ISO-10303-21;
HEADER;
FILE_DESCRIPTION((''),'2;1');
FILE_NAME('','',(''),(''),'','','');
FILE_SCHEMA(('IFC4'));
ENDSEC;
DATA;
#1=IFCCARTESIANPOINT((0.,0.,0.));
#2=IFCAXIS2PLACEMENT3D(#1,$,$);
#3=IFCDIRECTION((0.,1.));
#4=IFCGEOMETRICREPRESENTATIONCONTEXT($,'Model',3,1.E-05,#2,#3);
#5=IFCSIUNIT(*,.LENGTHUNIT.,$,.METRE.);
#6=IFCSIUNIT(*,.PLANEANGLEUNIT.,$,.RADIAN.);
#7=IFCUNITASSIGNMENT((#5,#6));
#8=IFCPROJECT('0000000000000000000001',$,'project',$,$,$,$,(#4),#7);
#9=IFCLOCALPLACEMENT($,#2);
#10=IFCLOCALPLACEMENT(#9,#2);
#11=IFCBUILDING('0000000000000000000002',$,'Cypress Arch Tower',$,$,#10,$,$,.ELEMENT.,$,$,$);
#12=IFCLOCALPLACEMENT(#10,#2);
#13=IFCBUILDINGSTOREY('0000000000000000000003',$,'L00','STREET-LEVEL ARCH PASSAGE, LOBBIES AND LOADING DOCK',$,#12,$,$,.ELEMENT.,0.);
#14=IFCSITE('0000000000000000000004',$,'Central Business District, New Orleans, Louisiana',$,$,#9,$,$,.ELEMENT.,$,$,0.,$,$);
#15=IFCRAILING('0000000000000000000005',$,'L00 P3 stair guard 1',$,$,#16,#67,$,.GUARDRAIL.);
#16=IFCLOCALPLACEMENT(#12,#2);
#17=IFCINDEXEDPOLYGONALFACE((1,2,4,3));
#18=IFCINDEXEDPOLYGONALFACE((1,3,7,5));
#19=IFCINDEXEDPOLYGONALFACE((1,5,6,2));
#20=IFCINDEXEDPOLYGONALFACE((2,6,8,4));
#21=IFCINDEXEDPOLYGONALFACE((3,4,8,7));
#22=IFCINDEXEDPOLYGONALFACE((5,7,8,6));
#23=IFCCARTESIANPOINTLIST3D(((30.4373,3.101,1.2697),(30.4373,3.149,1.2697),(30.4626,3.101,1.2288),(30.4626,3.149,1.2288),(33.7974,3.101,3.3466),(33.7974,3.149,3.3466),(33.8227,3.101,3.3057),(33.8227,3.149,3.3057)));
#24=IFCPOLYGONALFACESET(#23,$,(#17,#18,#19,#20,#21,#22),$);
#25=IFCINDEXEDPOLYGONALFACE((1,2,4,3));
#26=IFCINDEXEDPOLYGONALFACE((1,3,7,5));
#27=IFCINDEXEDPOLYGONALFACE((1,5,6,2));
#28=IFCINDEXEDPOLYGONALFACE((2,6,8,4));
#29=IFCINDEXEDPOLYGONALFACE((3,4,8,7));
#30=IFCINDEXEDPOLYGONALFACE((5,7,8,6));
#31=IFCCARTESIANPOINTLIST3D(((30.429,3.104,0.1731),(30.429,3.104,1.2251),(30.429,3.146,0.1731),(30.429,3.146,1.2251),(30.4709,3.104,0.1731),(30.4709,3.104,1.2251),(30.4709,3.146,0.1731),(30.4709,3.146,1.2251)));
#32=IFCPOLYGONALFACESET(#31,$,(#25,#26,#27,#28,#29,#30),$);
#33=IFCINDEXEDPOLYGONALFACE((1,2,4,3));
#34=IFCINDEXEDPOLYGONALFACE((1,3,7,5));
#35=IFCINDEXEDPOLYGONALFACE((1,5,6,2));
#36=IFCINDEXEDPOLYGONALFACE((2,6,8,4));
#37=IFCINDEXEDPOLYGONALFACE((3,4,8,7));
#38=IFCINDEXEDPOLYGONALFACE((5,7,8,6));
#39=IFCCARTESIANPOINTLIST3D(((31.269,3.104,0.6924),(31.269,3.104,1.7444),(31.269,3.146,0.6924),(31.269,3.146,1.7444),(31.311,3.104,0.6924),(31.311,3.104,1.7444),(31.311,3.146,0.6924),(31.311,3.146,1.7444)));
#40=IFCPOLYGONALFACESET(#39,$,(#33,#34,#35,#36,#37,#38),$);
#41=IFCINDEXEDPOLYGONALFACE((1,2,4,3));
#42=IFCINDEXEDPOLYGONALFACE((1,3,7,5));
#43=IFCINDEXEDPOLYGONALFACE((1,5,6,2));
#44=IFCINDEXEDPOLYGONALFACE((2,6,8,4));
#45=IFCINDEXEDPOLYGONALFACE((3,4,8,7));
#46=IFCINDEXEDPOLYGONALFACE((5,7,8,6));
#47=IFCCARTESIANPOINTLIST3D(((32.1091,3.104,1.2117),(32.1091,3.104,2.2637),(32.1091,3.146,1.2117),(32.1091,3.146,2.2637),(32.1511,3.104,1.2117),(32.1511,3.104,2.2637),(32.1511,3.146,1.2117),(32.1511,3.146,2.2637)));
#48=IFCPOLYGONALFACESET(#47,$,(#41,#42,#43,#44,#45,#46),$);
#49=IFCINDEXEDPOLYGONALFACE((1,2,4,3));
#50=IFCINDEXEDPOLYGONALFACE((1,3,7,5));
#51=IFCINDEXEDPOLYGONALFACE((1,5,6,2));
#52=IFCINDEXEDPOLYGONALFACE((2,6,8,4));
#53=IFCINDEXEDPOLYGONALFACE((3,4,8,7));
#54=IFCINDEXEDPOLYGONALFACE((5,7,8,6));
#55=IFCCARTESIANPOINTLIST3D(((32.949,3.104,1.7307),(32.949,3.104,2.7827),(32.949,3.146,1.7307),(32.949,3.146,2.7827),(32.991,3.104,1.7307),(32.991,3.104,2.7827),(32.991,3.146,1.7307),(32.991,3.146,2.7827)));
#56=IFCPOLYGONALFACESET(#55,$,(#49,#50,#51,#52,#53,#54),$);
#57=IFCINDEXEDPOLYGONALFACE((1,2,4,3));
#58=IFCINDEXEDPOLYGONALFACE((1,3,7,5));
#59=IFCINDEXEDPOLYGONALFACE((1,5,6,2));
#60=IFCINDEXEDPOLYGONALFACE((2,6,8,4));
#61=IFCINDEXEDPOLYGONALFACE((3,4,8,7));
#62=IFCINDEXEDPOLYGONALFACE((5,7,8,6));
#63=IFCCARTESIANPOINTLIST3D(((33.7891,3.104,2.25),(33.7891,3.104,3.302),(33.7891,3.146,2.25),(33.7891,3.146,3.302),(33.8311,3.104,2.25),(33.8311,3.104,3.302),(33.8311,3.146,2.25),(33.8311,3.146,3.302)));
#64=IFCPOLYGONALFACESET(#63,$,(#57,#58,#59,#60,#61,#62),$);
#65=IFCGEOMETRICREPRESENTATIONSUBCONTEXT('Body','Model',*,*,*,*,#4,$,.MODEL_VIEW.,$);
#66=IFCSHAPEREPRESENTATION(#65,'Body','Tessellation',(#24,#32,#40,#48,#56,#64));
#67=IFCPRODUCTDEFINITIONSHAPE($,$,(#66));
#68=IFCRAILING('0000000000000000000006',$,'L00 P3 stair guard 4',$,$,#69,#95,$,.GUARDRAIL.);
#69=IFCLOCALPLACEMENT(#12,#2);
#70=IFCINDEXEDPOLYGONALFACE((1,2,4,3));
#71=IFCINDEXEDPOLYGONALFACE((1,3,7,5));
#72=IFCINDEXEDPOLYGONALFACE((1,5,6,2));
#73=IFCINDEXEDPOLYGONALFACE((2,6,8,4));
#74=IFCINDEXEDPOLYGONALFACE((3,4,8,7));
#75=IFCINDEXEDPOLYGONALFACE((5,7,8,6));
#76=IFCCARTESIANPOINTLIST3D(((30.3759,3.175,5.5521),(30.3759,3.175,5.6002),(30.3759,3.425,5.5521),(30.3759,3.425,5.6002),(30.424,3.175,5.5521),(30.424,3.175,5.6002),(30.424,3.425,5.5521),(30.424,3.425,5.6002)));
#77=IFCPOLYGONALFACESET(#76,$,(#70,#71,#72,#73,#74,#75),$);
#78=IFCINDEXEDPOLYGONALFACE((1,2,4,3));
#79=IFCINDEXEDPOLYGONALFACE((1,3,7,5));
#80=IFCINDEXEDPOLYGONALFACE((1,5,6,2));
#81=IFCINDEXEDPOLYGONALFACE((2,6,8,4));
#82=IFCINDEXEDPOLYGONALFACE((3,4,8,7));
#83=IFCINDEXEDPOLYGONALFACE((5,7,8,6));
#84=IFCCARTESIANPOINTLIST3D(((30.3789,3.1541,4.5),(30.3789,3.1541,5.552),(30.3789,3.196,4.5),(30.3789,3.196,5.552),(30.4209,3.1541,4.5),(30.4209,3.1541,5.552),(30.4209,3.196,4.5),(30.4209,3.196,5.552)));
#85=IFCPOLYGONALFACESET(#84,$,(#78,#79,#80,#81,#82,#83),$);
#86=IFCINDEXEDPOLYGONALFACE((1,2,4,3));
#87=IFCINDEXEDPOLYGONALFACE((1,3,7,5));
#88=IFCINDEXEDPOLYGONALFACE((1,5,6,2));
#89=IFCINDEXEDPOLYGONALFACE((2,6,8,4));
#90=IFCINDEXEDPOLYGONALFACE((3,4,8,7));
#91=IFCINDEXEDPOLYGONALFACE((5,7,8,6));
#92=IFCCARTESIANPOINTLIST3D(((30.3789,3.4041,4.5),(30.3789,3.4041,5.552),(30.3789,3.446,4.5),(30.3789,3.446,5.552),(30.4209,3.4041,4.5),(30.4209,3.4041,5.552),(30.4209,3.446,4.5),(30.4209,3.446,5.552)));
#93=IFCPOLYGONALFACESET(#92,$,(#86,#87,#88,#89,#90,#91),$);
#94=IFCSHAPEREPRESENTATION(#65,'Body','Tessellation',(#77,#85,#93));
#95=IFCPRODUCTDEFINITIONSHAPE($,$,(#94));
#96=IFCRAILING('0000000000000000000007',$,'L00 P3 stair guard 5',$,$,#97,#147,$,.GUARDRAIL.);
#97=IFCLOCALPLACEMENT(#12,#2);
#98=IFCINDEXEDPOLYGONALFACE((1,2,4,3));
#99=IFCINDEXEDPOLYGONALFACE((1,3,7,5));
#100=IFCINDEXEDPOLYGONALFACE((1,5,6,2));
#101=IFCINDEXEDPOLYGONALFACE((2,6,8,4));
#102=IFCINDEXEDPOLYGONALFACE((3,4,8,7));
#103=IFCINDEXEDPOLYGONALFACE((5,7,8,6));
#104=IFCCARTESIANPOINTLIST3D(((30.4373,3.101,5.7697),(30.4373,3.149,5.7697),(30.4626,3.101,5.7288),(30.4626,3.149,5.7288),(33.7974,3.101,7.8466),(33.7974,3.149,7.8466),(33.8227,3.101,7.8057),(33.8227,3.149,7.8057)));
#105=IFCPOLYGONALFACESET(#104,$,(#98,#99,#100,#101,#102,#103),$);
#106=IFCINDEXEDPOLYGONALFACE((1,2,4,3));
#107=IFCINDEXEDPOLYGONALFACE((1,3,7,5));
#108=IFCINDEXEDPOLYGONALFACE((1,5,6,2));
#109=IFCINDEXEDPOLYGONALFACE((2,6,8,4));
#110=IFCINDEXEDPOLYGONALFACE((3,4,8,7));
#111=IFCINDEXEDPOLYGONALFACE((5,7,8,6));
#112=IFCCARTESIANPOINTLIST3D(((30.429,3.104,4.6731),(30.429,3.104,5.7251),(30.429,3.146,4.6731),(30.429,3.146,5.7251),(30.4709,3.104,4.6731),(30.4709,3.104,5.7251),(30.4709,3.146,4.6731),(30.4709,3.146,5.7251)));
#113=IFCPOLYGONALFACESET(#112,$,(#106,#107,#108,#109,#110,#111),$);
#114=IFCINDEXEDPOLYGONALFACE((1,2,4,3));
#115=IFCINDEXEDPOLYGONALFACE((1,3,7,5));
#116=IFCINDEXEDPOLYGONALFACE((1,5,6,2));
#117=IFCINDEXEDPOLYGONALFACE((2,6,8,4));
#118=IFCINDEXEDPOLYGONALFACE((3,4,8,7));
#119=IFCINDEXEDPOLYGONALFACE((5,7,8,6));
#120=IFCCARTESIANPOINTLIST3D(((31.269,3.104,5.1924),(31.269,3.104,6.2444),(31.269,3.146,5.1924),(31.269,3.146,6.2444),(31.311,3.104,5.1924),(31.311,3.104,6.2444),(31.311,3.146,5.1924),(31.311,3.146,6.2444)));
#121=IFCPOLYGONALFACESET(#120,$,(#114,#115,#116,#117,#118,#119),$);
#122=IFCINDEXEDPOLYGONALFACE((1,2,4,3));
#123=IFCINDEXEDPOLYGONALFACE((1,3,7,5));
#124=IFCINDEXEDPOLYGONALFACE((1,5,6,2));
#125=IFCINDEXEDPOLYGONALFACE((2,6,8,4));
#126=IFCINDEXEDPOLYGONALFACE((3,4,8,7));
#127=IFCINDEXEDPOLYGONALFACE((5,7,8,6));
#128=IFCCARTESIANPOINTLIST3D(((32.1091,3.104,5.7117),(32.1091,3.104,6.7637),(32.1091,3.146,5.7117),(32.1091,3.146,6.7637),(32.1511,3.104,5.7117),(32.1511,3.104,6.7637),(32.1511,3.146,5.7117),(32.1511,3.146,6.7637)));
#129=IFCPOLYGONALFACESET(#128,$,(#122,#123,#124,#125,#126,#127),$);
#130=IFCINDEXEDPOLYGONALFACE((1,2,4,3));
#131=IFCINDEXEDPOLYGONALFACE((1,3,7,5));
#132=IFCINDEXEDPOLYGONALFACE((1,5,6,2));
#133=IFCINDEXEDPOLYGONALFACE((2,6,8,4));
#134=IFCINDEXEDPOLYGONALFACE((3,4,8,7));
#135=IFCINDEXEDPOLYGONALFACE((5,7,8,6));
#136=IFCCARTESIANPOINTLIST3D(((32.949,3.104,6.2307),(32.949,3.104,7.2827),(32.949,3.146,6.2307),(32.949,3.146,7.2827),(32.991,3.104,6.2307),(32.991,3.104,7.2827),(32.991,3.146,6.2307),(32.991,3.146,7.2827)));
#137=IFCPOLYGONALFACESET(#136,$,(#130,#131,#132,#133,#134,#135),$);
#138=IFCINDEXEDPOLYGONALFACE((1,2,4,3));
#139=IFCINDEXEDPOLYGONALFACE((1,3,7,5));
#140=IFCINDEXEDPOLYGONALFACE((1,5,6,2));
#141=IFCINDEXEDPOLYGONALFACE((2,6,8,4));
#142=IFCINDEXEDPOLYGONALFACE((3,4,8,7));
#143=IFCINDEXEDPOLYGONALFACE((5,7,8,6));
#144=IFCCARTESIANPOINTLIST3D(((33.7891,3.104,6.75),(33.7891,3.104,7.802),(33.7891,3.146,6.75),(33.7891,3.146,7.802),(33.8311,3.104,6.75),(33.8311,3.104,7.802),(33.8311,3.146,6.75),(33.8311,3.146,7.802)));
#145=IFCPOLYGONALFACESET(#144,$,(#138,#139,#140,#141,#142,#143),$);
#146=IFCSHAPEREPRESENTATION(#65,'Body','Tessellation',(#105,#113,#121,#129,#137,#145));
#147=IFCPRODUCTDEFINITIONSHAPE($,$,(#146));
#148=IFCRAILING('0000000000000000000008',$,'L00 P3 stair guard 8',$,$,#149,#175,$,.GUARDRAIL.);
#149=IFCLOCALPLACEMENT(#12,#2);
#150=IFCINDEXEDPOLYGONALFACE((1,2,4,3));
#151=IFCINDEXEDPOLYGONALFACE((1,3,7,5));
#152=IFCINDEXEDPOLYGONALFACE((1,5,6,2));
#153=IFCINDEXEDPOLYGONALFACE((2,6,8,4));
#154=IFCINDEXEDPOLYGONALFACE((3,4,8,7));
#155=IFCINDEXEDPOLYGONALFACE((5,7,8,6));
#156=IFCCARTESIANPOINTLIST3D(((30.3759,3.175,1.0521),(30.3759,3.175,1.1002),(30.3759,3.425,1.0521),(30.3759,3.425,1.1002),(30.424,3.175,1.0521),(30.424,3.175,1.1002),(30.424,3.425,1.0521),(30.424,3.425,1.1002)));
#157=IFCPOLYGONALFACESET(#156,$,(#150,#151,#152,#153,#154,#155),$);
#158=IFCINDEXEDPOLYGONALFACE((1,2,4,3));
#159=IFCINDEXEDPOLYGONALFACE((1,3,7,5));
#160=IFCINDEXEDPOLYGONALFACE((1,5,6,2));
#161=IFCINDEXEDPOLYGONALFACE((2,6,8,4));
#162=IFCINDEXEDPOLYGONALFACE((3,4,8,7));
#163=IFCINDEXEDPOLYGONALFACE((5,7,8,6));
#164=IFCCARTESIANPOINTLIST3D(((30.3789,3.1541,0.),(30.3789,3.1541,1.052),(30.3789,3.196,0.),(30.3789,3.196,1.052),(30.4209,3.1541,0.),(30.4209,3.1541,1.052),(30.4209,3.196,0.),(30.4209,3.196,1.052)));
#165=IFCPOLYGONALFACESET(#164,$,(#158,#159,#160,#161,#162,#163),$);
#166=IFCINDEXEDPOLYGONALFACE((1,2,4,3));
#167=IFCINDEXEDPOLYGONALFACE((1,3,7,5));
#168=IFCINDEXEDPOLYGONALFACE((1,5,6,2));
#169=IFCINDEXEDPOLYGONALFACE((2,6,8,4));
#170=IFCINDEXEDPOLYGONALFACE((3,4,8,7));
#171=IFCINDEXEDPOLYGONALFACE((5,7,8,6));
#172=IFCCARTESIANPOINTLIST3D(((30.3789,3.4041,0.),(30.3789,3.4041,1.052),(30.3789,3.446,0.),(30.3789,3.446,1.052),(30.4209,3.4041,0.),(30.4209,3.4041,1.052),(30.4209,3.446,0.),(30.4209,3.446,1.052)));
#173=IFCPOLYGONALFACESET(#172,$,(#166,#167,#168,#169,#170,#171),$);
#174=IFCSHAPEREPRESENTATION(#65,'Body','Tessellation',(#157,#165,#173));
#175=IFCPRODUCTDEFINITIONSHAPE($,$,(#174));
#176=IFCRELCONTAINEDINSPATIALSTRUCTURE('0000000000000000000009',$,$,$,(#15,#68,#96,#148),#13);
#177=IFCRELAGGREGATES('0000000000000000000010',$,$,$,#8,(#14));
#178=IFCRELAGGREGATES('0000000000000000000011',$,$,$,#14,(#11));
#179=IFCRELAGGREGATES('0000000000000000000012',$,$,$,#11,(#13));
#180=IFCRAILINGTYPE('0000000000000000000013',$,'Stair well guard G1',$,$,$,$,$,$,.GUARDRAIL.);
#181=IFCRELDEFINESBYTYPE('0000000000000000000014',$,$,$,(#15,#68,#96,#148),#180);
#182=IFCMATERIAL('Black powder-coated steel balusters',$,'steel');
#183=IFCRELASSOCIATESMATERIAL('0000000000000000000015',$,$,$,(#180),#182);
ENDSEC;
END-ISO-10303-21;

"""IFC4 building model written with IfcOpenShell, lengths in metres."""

from ifc_helpers import new_model, si_unit, direction, frame, origin, origin_2d, place, context, subcontext, project, spatial, rectangle, extrude, material, type_object, element, save


model = new_model("IFC4")

# Units and contexts
model_context = context("Model", 3, precision=1e-05, world=origin(), true_north=direction((0.0, 1.0)))
body_context = subcontext(model_context, "Body", "Model", "MODEL_VIEW")
ifc_project = project(units=[si_unit("LENGTHUNIT", "METRE"), si_unit("PLANEANGLEUNIT", "RADIAN")], contexts=[model_context])

# Site, building, storey
site_placement = place(None, origin())
site = spatial("IfcSite", under=ifc_project, at=site_placement, Name="Central Business District, New Orleans, Louisiana", CompositionType="ELEMENT", RefElevation=0.0)
building_placement = place(site_placement, origin())
building = spatial("IfcBuilding", under=site, at=building_placement, Name="Cypress Arch Tower", CompositionType="ELEMENT")
storey_placement = place(building_placement, origin())
storey = spatial("IfcBuildingStorey", under=building, at=storey_placement, Name="L00", Description="STREET-LEVEL ARCH PASSAGE, LOBBIES AND LOADING DOCK", CompositionType="ELEMENT", Elevation=0.0)

# Railings
ifc_material_1 = material(Name="Black powder-coated steel balusters", Category="steel")
railing_type = type_object("IfcRailingType", Name="Stair well guard G1", PredefinedType="GUARDRAIL", material=ifc_material_1)
railing_1_placement = place(storey_placement, frame((30.45, 3.125, 0.1731)))
element("IfcRailing", 1, at=railing_1_placement, inside=storey, type_object=railing_type, Name="L00 P3 stair guard 1", PredefinedType="GUARDRAIL", context=body_context, shape_type="SweptSolid", body=[
    extrude(rectangle(XDim=0.0481, YDim=0.0481, at=origin_2d()), frame((0.0, 0.0, 1.0762), z_axis=(0.850623, 0.0, 0.525776), x_axis=(0.0, 1.0, 0.0)), (0.0, 0.0, 1.0), 3.9502),
    extrude(rectangle(XDim=0.042, YDim=0.042, at=origin_2d()), origin(), (0.0, 0.0, 1.0), 1.052),
    extrude(rectangle(XDim=0.042, YDim=0.042, at=origin_2d()), frame((0.8401, 0.0, 0.5193)), (0.0, 0.0, 1.0), 1.052),
    extrude(rectangle(XDim=0.042, YDim=0.042, at=origin_2d()), frame((1.6802, 0.0, 1.0386)), (0.0, 0.0, 1.0), 1.052),
    extrude(rectangle(XDim=0.042, YDim=0.042, at=origin_2d()), frame((2.52, 0.0, 1.5576)), (0.0, 0.0, 1.0), 1.052),
    extrude(rectangle(XDim=0.042, YDim=0.042, at=origin_2d()), frame((3.3601, 0.0, 2.0769)), (0.0, 0.0, 1.0), 1.052),
])
railing_2_placement = place(storey_placement, frame((30.3999, 3.175, 4.5)))
element("IfcRailing", 2, at=railing_2_placement, inside=storey, type_object=railing_type, Name="L00 P3 stair guard 4", PredefinedType="GUARDRAIL", context=body_context, shape_type="SweptSolid", body=[
    extrude(rectangle(XDim=0.0481, YDim=0.0481, at=origin_2d()), frame((0.0, 0.0, 1.0762), z_axis=(0.0, 1.0, 0.0), x_axis=(-1.0, 0.0, 0.0)), (0.0, 0.0, 1.0), 0.25),
    extrude(rectangle(XDim=0.042, YDim=0.042, at=origin_2d()), origin(), (0.0, 0.0, 1.0), 1.052),
    extrude(rectangle(XDim=0.042, YDim=0.042, at=origin_2d()), frame((0.0, 0.25, 0.0)), (0.0, 0.0, 1.0), 1.052),
])
railing_3_placement = place(storey_placement, frame((30.45, 3.125, 4.6731)))
element("IfcRailing", 3, at=railing_3_placement, inside=storey, type_object=railing_type, Name="L00 P3 stair guard 5", PredefinedType="GUARDRAIL", context=body_context, shape_type="SweptSolid", body=[
    extrude(rectangle(XDim=0.0481, YDim=0.0481, at=origin_2d()), frame((0.0, 0.0, 1.0762), z_axis=(0.850623, 0.0, 0.525776), x_axis=(0.0, 1.0, 0.0)), (0.0, 0.0, 1.0), 3.9502),
    extrude(rectangle(XDim=0.042, YDim=0.042, at=origin_2d()), origin(), (0.0, 0.0, 1.0), 1.052),
    extrude(rectangle(XDim=0.042, YDim=0.042, at=origin_2d()), frame((0.8401, 0.0, 0.5193)), (0.0, 0.0, 1.0), 1.052),
    extrude(rectangle(XDim=0.042, YDim=0.042, at=origin_2d()), frame((1.6802, 0.0, 1.0386)), (0.0, 0.0, 1.0), 1.052),
    extrude(rectangle(XDim=0.042, YDim=0.042, at=origin_2d()), frame((2.52, 0.0, 1.5576)), (0.0, 0.0, 1.0), 1.052),
    extrude(rectangle(XDim=0.042, YDim=0.042, at=origin_2d()), frame((3.3601, 0.0, 2.0769)), (0.0, 0.0, 1.0), 1.052),
])
railing_4_placement = place(storey_placement, frame((30.3999, 3.175, 0.0)))
element("IfcRailing", 4, at=railing_4_placement, inside=storey, type_object=railing_type, Name="L00 P3 stair guard 8", PredefinedType="GUARDRAIL", context=body_context, shape_type="SweptSolid", body=[
    extrude(rectangle(XDim=0.0481, YDim=0.0481, at=origin_2d()), frame((0.0, 0.0, 1.0762), z_axis=(0.0, 1.0, 0.0), x_axis=(-1.0, 0.0, 0.0)), (0.0, 0.0, 1.0), 0.25),
    extrude(rectangle(XDim=0.042, YDim=0.042, at=origin_2d()), origin(), (0.0, 0.0, 1.0), 1.052),
    extrude(rectangle(XDim=0.042, YDim=0.042, at=origin_2d()), frame((0.0, 0.25, 0.0)), (0.0, 0.0, 1.0), 1.052),
])

save(model, "model.ifc")
